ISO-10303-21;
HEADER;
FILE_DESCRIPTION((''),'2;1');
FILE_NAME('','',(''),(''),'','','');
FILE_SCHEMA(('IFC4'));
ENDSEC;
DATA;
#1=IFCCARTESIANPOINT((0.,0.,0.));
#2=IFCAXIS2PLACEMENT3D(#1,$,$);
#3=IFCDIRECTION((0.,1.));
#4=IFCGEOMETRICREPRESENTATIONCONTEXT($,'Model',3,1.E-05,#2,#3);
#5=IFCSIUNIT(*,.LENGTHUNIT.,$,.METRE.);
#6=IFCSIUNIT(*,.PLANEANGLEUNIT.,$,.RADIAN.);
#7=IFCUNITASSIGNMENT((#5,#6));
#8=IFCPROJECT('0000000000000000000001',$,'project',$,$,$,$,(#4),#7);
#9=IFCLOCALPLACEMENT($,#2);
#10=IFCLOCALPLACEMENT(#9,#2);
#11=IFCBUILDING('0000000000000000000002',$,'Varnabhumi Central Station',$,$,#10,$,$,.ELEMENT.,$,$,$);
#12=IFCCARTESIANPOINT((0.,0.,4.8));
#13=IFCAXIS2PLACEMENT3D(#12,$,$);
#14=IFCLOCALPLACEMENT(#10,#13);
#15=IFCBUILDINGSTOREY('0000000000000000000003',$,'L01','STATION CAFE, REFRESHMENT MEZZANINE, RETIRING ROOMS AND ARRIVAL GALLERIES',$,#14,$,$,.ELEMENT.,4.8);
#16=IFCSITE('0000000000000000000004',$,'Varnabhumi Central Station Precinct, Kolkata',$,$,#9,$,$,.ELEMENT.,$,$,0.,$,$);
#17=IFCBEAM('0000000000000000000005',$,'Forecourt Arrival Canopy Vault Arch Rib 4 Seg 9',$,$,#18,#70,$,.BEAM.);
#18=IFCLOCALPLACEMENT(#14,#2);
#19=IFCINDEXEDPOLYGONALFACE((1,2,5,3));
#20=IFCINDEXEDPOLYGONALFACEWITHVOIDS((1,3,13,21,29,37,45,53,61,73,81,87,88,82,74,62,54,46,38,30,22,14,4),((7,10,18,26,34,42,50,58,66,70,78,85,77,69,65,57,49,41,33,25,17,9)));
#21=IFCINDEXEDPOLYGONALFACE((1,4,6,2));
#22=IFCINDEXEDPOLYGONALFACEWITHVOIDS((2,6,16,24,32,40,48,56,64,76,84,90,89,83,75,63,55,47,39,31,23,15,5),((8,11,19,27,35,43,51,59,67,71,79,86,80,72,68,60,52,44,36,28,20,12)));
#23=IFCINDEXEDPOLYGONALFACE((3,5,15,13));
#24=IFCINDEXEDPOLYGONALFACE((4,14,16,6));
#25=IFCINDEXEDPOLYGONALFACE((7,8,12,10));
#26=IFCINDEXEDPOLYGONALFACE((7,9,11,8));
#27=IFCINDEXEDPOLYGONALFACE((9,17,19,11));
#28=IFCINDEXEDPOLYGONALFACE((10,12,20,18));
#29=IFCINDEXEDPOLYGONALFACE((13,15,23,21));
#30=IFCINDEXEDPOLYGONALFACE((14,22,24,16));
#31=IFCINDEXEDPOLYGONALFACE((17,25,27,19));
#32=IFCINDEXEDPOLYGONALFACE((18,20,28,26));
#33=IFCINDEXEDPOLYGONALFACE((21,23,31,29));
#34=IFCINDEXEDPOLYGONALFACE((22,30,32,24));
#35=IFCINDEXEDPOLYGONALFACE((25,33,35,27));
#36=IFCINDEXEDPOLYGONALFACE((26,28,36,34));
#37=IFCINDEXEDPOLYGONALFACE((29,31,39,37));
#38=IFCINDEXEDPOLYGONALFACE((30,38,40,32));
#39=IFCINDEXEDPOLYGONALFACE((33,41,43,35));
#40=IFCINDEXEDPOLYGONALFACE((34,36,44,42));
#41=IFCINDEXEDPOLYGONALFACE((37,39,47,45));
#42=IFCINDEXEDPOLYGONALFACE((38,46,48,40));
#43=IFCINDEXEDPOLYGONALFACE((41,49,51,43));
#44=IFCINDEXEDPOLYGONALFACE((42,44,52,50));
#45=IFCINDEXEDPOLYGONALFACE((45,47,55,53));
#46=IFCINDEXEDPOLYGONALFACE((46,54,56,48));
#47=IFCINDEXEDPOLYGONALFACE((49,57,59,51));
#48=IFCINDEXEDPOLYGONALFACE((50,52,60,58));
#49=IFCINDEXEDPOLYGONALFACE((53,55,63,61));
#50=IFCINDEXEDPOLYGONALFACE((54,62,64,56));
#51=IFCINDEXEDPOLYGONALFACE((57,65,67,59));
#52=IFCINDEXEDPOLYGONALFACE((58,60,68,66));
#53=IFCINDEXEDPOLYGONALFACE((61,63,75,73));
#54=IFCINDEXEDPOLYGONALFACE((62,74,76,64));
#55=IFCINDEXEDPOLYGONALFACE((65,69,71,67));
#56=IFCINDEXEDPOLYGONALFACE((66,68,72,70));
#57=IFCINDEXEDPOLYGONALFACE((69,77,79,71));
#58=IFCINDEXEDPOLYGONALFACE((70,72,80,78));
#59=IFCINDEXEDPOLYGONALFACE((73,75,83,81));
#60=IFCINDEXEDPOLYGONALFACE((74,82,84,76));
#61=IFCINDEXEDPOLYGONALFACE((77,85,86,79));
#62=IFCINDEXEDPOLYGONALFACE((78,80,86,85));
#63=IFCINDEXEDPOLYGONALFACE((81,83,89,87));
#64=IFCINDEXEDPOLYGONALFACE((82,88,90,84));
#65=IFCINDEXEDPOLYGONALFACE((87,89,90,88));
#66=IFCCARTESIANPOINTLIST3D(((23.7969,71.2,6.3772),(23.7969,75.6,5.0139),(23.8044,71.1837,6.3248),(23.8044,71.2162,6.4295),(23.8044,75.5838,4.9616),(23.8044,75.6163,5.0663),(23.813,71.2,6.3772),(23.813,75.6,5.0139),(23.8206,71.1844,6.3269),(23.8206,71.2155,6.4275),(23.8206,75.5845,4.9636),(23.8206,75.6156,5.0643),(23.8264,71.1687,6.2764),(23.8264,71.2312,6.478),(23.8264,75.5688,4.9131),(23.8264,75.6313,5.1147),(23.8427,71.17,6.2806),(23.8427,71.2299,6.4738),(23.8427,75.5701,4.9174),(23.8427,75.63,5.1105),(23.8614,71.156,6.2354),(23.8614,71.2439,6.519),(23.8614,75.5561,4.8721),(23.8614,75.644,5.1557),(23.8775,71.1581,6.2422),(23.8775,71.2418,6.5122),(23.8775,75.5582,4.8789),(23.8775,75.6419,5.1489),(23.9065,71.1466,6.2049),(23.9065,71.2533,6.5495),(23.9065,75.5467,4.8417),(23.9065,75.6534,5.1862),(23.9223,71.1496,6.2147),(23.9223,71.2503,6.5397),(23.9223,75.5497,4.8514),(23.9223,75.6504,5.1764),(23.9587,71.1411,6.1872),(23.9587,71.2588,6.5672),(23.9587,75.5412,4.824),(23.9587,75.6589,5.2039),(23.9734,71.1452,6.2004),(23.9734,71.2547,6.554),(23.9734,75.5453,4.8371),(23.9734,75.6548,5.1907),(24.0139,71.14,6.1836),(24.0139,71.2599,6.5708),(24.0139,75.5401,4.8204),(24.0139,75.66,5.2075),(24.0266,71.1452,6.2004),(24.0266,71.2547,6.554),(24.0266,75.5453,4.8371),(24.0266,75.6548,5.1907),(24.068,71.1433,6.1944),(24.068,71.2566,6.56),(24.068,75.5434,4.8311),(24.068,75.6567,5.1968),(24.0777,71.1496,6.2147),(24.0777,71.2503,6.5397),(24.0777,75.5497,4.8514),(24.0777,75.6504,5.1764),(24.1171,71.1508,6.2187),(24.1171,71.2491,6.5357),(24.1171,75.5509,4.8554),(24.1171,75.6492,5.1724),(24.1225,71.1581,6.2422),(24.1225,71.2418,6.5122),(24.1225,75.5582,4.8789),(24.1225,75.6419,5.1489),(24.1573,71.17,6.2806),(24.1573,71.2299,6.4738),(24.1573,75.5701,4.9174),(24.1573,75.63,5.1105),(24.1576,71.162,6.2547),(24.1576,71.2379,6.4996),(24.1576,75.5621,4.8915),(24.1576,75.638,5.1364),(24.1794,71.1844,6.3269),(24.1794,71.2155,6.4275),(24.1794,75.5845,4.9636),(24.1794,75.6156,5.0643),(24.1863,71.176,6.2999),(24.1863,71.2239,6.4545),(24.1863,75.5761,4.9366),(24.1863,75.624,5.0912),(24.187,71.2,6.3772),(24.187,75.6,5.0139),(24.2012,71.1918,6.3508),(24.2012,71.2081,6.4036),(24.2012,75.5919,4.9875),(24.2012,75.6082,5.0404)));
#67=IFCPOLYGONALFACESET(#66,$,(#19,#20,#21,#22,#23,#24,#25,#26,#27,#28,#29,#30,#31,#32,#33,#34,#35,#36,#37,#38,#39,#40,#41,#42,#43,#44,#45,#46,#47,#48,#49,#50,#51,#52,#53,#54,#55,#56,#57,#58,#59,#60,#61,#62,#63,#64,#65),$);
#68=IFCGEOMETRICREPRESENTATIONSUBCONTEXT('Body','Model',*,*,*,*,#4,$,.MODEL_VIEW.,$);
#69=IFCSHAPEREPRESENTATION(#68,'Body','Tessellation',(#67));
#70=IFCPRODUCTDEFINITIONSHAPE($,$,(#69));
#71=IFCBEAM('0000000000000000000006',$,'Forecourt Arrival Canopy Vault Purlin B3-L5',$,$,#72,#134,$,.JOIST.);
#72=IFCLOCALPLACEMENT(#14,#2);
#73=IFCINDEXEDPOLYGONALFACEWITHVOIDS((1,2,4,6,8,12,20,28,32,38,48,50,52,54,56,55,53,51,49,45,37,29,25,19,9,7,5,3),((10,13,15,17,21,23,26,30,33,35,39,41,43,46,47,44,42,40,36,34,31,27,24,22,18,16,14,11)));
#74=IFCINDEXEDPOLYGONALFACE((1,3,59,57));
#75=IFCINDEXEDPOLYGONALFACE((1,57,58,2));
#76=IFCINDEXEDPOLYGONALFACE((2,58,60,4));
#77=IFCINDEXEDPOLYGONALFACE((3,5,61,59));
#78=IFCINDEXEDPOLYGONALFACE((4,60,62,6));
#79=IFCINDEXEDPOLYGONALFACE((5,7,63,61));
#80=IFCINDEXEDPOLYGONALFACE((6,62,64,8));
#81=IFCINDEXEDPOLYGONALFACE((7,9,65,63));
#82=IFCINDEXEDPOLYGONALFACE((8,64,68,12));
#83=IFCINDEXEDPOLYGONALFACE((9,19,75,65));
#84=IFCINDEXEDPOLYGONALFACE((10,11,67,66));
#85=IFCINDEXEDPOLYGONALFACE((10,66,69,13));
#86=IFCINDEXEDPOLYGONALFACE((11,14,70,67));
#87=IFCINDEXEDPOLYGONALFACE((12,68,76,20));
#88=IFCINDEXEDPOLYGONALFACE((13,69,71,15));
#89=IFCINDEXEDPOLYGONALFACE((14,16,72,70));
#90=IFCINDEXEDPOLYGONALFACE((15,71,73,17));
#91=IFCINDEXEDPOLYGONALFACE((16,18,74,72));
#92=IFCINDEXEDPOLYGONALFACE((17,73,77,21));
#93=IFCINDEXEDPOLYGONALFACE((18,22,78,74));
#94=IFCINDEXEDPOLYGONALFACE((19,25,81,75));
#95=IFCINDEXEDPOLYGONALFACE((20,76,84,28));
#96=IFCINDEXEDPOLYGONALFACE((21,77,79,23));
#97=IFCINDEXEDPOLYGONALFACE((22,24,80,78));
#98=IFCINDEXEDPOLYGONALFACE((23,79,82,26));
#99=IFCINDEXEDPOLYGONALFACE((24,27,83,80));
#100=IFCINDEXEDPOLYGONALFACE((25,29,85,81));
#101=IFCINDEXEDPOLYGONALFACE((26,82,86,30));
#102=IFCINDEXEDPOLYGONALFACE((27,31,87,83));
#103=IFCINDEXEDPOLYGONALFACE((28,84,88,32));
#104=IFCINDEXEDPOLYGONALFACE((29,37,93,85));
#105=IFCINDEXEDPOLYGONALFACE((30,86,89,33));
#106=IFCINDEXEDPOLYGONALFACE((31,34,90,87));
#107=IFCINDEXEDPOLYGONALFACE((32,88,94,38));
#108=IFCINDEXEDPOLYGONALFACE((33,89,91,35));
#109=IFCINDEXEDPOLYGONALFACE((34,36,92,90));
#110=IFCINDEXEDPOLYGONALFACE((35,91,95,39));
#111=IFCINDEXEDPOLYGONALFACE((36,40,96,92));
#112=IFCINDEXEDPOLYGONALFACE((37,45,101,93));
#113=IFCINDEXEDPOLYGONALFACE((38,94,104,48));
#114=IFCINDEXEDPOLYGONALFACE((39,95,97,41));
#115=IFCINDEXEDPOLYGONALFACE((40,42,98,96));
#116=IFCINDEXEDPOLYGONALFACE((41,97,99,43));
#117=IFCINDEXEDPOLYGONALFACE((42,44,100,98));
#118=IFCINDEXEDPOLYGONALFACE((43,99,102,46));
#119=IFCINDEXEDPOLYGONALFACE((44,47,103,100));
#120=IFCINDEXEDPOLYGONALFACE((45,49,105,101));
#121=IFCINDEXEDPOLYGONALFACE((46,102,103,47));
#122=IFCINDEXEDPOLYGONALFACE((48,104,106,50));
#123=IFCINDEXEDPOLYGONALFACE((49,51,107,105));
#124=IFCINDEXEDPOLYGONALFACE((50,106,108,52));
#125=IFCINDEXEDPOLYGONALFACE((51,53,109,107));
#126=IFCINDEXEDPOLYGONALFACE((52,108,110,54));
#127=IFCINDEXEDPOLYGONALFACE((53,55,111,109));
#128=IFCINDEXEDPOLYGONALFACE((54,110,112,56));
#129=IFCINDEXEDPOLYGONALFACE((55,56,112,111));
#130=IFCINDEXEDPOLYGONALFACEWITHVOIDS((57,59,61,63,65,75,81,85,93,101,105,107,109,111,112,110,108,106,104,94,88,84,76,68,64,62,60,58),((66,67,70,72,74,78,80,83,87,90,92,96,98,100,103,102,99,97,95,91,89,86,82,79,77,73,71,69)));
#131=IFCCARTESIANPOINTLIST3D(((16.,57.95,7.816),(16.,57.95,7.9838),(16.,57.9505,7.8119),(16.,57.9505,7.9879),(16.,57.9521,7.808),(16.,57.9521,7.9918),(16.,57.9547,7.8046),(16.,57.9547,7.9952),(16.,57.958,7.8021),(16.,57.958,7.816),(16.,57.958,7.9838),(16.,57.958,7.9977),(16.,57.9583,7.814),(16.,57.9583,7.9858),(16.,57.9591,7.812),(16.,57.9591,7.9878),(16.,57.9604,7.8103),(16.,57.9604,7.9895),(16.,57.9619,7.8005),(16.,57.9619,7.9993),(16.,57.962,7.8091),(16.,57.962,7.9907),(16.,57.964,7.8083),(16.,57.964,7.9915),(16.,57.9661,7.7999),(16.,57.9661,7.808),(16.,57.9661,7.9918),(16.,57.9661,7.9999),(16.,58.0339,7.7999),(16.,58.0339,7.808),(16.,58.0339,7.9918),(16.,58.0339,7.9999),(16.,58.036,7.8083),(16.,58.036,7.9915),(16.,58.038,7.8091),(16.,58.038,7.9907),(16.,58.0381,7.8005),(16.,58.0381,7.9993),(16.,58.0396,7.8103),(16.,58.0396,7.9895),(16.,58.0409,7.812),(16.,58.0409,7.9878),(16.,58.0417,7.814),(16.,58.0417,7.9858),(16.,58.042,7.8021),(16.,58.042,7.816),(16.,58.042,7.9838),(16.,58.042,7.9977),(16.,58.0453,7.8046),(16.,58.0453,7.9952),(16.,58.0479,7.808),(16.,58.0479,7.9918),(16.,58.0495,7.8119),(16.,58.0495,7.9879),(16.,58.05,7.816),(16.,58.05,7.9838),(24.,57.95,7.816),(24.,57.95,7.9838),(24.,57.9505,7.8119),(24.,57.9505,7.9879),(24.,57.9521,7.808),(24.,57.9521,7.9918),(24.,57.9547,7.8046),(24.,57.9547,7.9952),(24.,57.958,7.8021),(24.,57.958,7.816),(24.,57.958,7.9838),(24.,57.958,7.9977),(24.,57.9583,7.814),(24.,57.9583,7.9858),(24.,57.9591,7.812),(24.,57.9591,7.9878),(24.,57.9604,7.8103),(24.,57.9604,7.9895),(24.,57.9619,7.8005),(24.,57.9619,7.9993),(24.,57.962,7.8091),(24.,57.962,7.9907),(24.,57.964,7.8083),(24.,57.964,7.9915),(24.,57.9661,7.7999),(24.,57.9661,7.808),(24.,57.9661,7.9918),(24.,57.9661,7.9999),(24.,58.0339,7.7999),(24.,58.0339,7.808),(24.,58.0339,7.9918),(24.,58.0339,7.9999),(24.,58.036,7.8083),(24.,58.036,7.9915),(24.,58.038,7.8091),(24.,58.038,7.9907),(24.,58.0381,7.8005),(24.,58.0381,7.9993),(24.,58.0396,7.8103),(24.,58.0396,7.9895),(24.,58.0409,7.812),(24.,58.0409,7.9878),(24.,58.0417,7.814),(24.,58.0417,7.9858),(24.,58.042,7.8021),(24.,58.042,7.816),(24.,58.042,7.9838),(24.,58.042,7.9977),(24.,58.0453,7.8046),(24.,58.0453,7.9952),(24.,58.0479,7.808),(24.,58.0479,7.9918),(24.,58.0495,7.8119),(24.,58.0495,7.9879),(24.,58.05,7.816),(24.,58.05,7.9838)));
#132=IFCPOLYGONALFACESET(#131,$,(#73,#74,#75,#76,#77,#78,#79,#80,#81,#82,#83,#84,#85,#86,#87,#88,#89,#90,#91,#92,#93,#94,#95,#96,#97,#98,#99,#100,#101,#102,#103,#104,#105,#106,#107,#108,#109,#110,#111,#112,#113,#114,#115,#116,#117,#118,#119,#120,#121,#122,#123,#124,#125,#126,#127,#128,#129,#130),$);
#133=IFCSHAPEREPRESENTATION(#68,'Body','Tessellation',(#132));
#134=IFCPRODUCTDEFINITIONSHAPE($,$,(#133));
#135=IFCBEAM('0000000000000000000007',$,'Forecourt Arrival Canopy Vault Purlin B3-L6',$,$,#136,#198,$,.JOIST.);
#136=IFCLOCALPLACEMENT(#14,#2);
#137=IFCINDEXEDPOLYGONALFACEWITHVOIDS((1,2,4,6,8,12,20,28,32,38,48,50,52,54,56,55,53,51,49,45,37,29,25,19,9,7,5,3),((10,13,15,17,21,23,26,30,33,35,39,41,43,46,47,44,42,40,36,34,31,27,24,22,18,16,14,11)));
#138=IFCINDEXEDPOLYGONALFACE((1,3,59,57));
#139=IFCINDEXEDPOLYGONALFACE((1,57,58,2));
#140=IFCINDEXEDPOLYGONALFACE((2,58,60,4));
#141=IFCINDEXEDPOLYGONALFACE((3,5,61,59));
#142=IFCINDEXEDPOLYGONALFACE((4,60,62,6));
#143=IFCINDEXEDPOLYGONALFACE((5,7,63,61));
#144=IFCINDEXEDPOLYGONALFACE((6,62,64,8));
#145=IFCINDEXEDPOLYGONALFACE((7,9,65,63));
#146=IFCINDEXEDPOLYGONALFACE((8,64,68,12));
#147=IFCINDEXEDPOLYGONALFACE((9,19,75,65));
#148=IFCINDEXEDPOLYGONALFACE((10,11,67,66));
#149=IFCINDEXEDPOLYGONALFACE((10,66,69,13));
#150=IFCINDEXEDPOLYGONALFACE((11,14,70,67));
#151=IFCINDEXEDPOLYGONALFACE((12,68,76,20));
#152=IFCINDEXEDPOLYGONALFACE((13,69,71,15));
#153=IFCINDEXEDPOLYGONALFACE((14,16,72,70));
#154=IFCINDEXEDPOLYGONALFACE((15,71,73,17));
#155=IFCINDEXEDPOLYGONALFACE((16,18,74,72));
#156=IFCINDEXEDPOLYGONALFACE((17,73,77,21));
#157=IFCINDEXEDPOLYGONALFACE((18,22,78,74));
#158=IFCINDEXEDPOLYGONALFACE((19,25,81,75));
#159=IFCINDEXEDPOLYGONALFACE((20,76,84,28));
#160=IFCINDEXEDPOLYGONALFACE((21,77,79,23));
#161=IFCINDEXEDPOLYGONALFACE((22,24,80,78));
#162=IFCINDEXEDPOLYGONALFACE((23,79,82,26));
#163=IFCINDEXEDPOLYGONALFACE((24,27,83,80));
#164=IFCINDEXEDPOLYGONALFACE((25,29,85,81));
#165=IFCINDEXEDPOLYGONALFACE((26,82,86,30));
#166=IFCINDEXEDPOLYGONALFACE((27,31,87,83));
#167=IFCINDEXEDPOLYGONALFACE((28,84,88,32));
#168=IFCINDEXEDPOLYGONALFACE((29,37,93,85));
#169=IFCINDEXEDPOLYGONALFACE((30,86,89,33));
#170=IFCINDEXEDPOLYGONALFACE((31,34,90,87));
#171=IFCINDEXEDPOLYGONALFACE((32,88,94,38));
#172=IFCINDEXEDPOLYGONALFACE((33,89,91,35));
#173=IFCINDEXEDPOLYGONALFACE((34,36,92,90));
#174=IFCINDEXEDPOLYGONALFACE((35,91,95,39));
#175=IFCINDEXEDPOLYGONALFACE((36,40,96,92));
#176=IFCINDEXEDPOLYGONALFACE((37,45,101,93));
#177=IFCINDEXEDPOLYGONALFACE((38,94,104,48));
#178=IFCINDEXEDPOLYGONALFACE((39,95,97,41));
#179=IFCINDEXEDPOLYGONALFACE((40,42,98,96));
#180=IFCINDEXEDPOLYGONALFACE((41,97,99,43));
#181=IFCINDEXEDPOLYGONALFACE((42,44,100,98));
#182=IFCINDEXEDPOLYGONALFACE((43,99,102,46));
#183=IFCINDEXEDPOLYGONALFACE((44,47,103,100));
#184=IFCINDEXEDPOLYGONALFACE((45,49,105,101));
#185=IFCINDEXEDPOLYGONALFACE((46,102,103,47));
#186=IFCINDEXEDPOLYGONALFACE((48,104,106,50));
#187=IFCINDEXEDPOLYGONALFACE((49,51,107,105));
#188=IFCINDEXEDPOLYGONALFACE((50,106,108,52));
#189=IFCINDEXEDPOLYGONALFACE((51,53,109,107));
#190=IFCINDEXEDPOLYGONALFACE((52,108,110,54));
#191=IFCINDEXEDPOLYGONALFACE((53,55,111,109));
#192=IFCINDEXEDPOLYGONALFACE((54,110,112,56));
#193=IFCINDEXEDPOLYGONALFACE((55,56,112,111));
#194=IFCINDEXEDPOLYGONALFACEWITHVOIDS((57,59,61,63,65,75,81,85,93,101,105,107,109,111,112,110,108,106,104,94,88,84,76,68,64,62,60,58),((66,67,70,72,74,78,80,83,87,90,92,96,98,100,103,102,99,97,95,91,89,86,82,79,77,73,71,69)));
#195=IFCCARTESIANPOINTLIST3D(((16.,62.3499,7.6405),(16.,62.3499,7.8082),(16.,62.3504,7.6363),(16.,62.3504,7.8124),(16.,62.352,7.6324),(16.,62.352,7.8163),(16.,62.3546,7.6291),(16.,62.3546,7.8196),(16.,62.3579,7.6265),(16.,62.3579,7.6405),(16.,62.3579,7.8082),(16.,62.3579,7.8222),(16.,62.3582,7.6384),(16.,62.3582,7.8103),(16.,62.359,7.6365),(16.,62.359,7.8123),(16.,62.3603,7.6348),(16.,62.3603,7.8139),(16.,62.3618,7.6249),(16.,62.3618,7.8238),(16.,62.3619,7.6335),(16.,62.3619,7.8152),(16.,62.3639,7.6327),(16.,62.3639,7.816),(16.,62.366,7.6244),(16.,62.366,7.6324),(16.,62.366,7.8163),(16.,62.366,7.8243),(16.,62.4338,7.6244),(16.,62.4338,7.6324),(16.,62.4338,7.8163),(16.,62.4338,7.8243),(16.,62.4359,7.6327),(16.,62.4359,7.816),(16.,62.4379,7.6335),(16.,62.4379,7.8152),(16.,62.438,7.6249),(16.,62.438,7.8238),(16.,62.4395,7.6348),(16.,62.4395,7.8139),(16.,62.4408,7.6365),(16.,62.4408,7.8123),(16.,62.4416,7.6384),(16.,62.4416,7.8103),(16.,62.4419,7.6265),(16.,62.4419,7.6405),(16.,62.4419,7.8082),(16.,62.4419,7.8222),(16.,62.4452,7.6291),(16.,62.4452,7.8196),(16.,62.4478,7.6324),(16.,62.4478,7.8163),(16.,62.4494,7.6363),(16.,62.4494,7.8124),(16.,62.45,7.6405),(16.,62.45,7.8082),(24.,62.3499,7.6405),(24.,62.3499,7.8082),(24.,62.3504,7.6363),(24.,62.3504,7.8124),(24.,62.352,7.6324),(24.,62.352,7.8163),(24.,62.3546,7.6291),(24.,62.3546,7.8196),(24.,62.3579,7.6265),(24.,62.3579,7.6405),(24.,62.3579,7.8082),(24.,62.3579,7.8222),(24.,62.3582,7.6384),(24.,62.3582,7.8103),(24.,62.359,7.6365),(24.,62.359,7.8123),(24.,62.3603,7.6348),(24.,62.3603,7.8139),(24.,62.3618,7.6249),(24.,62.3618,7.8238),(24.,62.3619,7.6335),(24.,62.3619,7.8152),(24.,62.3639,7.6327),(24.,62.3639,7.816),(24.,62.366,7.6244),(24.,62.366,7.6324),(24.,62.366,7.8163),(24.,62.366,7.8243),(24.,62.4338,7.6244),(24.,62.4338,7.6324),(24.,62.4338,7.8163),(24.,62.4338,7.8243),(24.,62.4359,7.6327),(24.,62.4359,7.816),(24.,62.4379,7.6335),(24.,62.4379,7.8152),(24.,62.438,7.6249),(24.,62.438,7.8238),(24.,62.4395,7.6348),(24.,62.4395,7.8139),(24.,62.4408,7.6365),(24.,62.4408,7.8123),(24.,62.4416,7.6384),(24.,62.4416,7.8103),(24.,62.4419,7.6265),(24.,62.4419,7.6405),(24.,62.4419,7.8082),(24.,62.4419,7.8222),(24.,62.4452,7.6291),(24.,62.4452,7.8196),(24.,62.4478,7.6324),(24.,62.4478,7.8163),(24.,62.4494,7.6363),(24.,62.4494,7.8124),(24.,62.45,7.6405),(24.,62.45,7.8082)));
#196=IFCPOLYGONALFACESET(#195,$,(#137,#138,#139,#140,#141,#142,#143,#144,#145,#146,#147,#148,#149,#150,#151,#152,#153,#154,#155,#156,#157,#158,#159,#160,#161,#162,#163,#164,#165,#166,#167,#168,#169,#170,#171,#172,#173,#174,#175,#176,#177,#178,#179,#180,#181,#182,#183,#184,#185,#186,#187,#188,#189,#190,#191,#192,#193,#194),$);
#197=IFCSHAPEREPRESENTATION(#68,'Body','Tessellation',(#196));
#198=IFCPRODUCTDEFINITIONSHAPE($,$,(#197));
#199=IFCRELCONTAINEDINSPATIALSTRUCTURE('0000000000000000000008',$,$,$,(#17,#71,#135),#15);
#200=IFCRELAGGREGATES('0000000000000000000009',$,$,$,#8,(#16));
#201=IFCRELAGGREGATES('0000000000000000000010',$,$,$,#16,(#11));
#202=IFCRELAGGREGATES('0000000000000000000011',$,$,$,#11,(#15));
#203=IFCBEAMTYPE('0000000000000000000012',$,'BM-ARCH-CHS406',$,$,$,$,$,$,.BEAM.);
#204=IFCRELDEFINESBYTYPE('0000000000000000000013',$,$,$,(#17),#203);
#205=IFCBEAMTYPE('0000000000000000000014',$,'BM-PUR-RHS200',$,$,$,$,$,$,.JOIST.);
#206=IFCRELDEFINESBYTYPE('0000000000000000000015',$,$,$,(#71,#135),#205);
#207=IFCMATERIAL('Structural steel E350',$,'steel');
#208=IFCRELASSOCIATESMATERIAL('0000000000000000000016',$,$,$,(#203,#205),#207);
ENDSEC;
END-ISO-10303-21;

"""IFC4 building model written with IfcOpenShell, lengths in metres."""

from ifc_helpers import new_model, si_unit, direction, frame, origin, origin_2d, place, context, subcontext, project, spatial, hollow_rectangle, hollow_circle, extrude, material, material_profile, profile_set, type_object, element, save


model = new_model("IFC4")

# Units and contexts
model_context = context("Model", 3, precision=1e-05, world=origin(), true_north=direction((0.0, 1.0)))
body_context = subcontext(model_context, "Body", "Model", "MODEL_VIEW")
ifc_project = project(units=[si_unit("LENGTHUNIT", "METRE"), si_unit("PLANEANGLEUNIT", "RADIAN")], contexts=[model_context])

# Site, building, storey
site_placement = place(None, origin())
site = spatial("IfcSite", under=ifc_project, at=site_placement, Name="Varnabhumi Central Station Precinct, Kolkata", CompositionType="ELEMENT", RefElevation=0.0)
building_placement = place(site_placement, origin())
building = spatial("IfcBuilding", under=site, at=building_placement, Name="Varnabhumi Central Station", CompositionType="ELEMENT")
storey_placement = place(building_placement, frame((0.0, 0.0, 4.8)))
storey = spatial("IfcBuildingStorey", under=building, at=storey_placement, Name="L01", Description="STATION CAFE, REFRESHMENT MEZZANINE, RETIRING ROOMS AND ARRIVAL GALLERIES", CompositionType="ELEMENT", Elevation=4.8)

# Beams
ifc_material_1 = material(Name="Structural steel E350", Category="steel")
ifc_material_profile_1 = material_profile(ifc_material_1, hollow_circle(Radius=0.2031, WallThickness=0.0161, at=origin_2d()), Name="Structural steel E350", Category="steel")
ifc_profile_set_1 = profile_set([ifc_material_profile_1], Name="Structural steel E350")
beam_type_1 = type_object("IfcBeamType", Name="BM-ARCH-CHS406", PredefinedType="BEAM", material=ifc_profile_set_1)
beam_1_placement = place(storey_placement, frame((24.0, 71.2, 6.3772), z_axis=(0.0, 0.955204, -0.295947), x_axis=(-1.0, 0.0, 0.0)))
element("IfcBeam", 1, at=beam_1_placement, inside=storey, type_object=beam_type_1, Name="Forecourt Arrival Canopy Vault Arch Rib 4 Seg 9", PredefinedType="BEAM", context=body_context, shape_type="SweptSolid", body=[
    extrude(hollow_circle(Radius=0.2031, WallThickness=0.0161, at=origin_2d()), origin(), (0.0, 0.0, 1.0), 4.6064),
])
ifc_material_profile_2 = material_profile(ifc_material_1, hollow_rectangle(XDim=0.1001, YDim=0.2, WallThickness=0.0081, InnerFilletRadius=0.0081, OuterFilletRadius=0.0161, at=origin_2d()), Name="Structural steel E350", Category="steel")
ifc_profile_set_2 = profile_set([ifc_material_profile_2], Name="Structural steel E350")
beam_type_2 = type_object("IfcBeamType", Name="BM-PUR-RHS200", PredefinedType="JOIST", material=ifc_profile_set_2)
for number, where, z_axis, x_axis, name in (
    (2, (16.0, 58.0, 7.8999), (1.0, 0.0, 0.0), (0.0, 1.0, 0.0), "Forecourt Arrival Canopy Vault Purlin B3-L5"),
    (3, (16.0, 62.3999, 7.7244), (1.0, 0.0, 0.0), (0.0, 1.0, 0.0), "Forecourt Arrival Canopy Vault Purlin B3-L6"),
):
    element("IfcBeam", number, at=place(storey_placement, frame(where, z_axis=z_axis, x_axis=x_axis)), inside=storey, type_object=beam_type_2, Name=name, PredefinedType="JOIST", context=body_context, shape_type="SweptSolid", body=[
        extrude(hollow_rectangle(XDim=0.1001, YDim=0.2, WallThickness=0.0081, InnerFilletRadius=0.0081, OuterFilletRadius=0.0161, at=origin_2d()), origin(), (0.0, 0.0, 1.0), 8.0),
    ])

save(model, "model.ifc")
